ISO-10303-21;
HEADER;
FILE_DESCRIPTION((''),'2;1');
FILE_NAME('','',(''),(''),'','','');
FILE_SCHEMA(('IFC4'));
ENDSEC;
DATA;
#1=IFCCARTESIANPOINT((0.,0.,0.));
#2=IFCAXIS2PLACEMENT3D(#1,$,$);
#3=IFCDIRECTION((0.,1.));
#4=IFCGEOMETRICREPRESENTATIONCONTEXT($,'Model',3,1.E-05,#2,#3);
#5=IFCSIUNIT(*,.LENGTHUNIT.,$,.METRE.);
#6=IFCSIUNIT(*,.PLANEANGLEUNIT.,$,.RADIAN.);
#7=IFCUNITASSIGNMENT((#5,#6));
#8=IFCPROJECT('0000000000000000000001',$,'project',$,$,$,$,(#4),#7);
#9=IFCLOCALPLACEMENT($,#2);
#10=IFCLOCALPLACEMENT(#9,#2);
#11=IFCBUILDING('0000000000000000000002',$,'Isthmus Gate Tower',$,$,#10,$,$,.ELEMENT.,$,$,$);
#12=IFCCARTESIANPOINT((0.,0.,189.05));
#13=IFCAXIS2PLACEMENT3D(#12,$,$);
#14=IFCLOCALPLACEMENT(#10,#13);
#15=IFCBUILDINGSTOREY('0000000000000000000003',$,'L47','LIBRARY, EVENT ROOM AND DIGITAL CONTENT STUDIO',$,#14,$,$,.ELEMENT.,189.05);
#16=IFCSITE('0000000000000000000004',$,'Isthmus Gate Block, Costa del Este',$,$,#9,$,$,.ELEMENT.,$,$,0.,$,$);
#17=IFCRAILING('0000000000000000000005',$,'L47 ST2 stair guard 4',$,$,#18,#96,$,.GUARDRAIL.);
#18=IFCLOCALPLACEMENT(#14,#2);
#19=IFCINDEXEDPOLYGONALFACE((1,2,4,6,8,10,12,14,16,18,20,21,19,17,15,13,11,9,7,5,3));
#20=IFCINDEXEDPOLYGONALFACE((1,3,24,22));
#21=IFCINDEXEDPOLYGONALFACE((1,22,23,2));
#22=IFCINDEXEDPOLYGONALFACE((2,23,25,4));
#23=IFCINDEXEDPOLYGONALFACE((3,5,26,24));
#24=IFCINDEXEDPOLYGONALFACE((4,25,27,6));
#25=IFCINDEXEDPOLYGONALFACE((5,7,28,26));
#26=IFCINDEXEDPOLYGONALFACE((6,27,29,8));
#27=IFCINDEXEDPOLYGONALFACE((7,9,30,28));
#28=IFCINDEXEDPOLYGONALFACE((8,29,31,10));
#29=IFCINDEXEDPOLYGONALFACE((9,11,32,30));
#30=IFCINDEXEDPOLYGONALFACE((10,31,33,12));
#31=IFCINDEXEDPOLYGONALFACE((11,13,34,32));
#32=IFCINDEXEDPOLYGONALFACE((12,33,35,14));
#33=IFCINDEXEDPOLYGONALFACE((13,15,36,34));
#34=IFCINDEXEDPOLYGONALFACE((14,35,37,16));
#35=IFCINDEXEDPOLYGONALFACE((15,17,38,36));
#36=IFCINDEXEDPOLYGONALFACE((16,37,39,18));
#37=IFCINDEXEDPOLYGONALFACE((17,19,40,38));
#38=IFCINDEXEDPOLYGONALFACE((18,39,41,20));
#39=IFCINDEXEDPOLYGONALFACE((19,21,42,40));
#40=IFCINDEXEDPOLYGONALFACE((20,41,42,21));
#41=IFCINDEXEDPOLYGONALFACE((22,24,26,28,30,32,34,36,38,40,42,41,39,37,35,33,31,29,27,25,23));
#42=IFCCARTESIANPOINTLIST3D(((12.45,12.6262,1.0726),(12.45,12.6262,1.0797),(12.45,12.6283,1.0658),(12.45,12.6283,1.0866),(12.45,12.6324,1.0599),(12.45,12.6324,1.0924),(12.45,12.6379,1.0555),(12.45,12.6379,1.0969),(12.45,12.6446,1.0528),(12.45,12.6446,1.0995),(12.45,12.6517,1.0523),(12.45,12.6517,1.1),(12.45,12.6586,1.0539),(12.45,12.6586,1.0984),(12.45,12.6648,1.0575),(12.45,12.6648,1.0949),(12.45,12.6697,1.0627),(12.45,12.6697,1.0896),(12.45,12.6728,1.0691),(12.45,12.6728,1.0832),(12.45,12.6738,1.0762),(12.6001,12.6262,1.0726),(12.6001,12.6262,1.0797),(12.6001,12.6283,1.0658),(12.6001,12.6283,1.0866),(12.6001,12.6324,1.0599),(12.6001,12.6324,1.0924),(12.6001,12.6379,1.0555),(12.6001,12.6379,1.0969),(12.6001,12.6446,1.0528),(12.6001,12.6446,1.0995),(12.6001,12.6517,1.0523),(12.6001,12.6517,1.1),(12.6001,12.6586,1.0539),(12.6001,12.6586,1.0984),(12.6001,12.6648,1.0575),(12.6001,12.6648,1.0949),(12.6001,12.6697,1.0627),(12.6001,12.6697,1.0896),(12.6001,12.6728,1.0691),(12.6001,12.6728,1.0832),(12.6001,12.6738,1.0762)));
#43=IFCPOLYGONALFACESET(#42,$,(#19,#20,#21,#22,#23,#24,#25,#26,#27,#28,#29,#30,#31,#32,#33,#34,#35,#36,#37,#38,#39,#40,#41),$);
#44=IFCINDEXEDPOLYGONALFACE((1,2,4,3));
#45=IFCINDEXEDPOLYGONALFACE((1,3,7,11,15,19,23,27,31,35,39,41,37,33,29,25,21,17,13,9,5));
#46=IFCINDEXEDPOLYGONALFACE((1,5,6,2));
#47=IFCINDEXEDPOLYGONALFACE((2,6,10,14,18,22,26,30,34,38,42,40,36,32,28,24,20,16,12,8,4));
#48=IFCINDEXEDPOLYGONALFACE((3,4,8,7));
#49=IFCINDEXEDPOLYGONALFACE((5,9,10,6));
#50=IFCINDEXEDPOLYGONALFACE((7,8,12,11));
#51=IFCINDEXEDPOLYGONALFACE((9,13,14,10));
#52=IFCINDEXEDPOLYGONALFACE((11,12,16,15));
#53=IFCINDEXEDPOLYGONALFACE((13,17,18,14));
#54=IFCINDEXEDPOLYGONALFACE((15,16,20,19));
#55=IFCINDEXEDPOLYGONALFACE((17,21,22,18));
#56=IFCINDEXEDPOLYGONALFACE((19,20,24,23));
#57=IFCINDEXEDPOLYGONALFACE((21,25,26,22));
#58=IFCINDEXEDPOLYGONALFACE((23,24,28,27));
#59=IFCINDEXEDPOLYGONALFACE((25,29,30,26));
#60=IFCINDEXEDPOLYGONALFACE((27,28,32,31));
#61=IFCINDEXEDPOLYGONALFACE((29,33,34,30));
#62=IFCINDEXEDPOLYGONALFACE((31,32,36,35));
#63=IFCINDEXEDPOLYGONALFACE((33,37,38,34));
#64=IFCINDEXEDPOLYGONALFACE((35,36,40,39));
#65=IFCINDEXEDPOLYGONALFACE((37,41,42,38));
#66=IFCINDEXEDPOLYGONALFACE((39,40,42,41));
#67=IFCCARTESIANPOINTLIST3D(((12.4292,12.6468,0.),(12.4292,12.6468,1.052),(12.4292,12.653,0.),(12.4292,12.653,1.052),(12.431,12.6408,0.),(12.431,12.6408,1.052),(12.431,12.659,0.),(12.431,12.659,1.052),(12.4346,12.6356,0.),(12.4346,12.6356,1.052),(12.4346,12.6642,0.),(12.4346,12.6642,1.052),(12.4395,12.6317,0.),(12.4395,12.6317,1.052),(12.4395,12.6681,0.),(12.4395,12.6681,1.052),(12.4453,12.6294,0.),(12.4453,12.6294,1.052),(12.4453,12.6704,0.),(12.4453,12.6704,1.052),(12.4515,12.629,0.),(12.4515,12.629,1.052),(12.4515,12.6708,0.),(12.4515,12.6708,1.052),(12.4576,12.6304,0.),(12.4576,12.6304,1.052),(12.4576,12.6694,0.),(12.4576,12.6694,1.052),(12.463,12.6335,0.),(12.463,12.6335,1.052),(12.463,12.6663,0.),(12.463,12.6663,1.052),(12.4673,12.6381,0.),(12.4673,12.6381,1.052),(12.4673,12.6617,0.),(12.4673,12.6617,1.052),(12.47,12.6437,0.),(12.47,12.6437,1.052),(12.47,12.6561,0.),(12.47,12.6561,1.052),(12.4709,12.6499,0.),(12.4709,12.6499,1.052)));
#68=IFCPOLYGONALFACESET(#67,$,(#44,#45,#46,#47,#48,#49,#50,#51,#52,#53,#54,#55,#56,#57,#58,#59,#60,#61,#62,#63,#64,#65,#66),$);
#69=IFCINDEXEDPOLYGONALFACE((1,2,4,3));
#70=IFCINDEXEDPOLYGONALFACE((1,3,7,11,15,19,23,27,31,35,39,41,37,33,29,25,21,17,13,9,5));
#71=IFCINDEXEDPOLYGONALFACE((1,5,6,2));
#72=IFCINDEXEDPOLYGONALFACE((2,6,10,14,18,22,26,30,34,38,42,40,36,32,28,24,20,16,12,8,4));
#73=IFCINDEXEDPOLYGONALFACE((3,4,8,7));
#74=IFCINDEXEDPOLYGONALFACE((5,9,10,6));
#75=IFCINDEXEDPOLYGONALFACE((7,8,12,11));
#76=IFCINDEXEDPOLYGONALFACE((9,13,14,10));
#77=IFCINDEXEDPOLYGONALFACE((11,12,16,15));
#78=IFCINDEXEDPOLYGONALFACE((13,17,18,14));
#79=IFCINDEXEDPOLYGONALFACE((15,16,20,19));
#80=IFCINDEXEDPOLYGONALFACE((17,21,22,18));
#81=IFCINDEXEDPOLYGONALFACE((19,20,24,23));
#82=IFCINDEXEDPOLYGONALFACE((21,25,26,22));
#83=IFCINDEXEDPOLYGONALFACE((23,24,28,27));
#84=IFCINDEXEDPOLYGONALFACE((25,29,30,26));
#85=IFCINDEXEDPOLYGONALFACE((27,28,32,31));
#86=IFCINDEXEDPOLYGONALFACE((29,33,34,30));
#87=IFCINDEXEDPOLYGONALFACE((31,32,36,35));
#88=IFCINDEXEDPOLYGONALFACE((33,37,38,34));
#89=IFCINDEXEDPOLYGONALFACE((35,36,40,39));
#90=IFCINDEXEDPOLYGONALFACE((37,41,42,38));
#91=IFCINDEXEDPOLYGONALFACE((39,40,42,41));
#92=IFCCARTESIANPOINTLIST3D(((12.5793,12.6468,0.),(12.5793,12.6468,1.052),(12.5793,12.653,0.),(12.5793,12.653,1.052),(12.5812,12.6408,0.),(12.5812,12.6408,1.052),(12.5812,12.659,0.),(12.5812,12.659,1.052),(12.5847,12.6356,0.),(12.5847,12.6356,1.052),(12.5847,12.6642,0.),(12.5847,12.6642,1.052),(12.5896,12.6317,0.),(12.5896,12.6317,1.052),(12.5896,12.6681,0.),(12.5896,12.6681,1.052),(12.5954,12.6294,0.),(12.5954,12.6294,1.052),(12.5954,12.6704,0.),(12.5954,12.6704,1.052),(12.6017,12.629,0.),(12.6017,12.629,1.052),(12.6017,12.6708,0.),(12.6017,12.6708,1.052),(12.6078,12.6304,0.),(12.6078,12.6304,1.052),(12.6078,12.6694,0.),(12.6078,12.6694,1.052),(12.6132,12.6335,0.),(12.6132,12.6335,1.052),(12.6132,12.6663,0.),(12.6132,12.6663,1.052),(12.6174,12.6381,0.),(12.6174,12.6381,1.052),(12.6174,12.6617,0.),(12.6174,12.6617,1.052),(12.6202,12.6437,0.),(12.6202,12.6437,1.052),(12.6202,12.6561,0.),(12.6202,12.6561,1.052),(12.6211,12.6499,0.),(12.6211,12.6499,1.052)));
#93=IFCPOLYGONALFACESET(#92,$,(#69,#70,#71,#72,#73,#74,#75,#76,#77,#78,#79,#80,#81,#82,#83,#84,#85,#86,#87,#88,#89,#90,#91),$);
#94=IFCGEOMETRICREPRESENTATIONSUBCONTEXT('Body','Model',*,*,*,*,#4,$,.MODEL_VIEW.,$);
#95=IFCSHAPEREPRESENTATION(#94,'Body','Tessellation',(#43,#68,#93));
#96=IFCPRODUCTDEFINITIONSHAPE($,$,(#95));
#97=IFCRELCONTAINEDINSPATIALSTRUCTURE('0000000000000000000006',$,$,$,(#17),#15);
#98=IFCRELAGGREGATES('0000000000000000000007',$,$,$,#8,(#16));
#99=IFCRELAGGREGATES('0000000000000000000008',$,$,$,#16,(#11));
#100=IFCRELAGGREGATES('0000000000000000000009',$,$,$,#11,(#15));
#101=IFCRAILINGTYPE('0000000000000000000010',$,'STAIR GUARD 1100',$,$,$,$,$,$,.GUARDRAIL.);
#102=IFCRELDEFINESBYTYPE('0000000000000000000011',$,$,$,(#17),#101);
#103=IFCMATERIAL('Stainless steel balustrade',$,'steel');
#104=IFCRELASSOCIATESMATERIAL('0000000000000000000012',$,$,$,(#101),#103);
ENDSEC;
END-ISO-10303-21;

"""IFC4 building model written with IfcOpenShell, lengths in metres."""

from ifc_helpers import new_model, si_unit, direction, frame, origin, origin_2d, place, context, subcontext, project, spatial, circle, extrude, material, type_object, element, save


model = new_model("IFC4")

# Units and contexts
model_context = context("Model", 3, precision=1e-05, world=origin(), true_north=direction((0.0, 1.0)))
body_context = subcontext(model_context, "Body", "Model", "MODEL_VIEW")
ifc_project = project(units=[si_unit("LENGTHUNIT", "METRE"), si_unit("PLANEANGLEUNIT", "RADIAN")], contexts=[model_context])

# Site, building, storey
site_placement = place(None, origin())
site = spatial("IfcSite", under=ifc_project, at=site_placement, Name="Isthmus Gate Block, Costa del Este", CompositionType="ELEMENT", RefElevation=0.0)
building_placement = place(site_placement, origin())
building = spatial("IfcBuilding", under=site, at=building_placement, Name="Isthmus Gate Tower", CompositionType="ELEMENT")
storey_placement = place(building_placement, frame((0.0, 0.0, 189.05)))
storey = spatial("IfcBuildingStorey", under=building, at=storey_placement, Name="L47", Description="LIBRARY, EVENT ROOM AND DIGITAL CONTENT STUDIO", CompositionType="ELEMENT", Elevation=189.05)

# Railing
ifc_material_1 = material(Name="Stainless steel balustrade", Category="steel")
railing_type_1 = type_object("IfcRailingType", Name="STAIR GUARD 1100", PredefinedType="GUARDRAIL", material=ifc_material_1)
railing_1_placement = place(storey_placement, frame((12.45, 12.6499, 0.0)))
element("IfcRailing", 1, at=railing_1_placement, inside=storey, type_object=railing_type_1, Name="L47 ST2 stair guard 4", PredefinedType="GUARDRAIL", context=body_context, shape_type="SweptSolid", body=[
    extrude(circle(Radius=0.0239, at=origin_2d()), frame((0.0, 0.0, 1.0762), z_axis=(1.0, 0.0, 0.0), x_axis=(0.0, 1.0, 0.0)), (0.0, 0.0, 1.0), 0.1501),
    extrude(circle(Radius=0.021, at=origin_2d()), origin(), (0.0, 0.0, 1.0), 1.052),
    extrude(circle(Radius=0.021, at=origin_2d()), frame((0.1501, 0.0, 0.0)), (0.0, 0.0, 1.0), 1.052),
])

save(model, "model.ifc")
